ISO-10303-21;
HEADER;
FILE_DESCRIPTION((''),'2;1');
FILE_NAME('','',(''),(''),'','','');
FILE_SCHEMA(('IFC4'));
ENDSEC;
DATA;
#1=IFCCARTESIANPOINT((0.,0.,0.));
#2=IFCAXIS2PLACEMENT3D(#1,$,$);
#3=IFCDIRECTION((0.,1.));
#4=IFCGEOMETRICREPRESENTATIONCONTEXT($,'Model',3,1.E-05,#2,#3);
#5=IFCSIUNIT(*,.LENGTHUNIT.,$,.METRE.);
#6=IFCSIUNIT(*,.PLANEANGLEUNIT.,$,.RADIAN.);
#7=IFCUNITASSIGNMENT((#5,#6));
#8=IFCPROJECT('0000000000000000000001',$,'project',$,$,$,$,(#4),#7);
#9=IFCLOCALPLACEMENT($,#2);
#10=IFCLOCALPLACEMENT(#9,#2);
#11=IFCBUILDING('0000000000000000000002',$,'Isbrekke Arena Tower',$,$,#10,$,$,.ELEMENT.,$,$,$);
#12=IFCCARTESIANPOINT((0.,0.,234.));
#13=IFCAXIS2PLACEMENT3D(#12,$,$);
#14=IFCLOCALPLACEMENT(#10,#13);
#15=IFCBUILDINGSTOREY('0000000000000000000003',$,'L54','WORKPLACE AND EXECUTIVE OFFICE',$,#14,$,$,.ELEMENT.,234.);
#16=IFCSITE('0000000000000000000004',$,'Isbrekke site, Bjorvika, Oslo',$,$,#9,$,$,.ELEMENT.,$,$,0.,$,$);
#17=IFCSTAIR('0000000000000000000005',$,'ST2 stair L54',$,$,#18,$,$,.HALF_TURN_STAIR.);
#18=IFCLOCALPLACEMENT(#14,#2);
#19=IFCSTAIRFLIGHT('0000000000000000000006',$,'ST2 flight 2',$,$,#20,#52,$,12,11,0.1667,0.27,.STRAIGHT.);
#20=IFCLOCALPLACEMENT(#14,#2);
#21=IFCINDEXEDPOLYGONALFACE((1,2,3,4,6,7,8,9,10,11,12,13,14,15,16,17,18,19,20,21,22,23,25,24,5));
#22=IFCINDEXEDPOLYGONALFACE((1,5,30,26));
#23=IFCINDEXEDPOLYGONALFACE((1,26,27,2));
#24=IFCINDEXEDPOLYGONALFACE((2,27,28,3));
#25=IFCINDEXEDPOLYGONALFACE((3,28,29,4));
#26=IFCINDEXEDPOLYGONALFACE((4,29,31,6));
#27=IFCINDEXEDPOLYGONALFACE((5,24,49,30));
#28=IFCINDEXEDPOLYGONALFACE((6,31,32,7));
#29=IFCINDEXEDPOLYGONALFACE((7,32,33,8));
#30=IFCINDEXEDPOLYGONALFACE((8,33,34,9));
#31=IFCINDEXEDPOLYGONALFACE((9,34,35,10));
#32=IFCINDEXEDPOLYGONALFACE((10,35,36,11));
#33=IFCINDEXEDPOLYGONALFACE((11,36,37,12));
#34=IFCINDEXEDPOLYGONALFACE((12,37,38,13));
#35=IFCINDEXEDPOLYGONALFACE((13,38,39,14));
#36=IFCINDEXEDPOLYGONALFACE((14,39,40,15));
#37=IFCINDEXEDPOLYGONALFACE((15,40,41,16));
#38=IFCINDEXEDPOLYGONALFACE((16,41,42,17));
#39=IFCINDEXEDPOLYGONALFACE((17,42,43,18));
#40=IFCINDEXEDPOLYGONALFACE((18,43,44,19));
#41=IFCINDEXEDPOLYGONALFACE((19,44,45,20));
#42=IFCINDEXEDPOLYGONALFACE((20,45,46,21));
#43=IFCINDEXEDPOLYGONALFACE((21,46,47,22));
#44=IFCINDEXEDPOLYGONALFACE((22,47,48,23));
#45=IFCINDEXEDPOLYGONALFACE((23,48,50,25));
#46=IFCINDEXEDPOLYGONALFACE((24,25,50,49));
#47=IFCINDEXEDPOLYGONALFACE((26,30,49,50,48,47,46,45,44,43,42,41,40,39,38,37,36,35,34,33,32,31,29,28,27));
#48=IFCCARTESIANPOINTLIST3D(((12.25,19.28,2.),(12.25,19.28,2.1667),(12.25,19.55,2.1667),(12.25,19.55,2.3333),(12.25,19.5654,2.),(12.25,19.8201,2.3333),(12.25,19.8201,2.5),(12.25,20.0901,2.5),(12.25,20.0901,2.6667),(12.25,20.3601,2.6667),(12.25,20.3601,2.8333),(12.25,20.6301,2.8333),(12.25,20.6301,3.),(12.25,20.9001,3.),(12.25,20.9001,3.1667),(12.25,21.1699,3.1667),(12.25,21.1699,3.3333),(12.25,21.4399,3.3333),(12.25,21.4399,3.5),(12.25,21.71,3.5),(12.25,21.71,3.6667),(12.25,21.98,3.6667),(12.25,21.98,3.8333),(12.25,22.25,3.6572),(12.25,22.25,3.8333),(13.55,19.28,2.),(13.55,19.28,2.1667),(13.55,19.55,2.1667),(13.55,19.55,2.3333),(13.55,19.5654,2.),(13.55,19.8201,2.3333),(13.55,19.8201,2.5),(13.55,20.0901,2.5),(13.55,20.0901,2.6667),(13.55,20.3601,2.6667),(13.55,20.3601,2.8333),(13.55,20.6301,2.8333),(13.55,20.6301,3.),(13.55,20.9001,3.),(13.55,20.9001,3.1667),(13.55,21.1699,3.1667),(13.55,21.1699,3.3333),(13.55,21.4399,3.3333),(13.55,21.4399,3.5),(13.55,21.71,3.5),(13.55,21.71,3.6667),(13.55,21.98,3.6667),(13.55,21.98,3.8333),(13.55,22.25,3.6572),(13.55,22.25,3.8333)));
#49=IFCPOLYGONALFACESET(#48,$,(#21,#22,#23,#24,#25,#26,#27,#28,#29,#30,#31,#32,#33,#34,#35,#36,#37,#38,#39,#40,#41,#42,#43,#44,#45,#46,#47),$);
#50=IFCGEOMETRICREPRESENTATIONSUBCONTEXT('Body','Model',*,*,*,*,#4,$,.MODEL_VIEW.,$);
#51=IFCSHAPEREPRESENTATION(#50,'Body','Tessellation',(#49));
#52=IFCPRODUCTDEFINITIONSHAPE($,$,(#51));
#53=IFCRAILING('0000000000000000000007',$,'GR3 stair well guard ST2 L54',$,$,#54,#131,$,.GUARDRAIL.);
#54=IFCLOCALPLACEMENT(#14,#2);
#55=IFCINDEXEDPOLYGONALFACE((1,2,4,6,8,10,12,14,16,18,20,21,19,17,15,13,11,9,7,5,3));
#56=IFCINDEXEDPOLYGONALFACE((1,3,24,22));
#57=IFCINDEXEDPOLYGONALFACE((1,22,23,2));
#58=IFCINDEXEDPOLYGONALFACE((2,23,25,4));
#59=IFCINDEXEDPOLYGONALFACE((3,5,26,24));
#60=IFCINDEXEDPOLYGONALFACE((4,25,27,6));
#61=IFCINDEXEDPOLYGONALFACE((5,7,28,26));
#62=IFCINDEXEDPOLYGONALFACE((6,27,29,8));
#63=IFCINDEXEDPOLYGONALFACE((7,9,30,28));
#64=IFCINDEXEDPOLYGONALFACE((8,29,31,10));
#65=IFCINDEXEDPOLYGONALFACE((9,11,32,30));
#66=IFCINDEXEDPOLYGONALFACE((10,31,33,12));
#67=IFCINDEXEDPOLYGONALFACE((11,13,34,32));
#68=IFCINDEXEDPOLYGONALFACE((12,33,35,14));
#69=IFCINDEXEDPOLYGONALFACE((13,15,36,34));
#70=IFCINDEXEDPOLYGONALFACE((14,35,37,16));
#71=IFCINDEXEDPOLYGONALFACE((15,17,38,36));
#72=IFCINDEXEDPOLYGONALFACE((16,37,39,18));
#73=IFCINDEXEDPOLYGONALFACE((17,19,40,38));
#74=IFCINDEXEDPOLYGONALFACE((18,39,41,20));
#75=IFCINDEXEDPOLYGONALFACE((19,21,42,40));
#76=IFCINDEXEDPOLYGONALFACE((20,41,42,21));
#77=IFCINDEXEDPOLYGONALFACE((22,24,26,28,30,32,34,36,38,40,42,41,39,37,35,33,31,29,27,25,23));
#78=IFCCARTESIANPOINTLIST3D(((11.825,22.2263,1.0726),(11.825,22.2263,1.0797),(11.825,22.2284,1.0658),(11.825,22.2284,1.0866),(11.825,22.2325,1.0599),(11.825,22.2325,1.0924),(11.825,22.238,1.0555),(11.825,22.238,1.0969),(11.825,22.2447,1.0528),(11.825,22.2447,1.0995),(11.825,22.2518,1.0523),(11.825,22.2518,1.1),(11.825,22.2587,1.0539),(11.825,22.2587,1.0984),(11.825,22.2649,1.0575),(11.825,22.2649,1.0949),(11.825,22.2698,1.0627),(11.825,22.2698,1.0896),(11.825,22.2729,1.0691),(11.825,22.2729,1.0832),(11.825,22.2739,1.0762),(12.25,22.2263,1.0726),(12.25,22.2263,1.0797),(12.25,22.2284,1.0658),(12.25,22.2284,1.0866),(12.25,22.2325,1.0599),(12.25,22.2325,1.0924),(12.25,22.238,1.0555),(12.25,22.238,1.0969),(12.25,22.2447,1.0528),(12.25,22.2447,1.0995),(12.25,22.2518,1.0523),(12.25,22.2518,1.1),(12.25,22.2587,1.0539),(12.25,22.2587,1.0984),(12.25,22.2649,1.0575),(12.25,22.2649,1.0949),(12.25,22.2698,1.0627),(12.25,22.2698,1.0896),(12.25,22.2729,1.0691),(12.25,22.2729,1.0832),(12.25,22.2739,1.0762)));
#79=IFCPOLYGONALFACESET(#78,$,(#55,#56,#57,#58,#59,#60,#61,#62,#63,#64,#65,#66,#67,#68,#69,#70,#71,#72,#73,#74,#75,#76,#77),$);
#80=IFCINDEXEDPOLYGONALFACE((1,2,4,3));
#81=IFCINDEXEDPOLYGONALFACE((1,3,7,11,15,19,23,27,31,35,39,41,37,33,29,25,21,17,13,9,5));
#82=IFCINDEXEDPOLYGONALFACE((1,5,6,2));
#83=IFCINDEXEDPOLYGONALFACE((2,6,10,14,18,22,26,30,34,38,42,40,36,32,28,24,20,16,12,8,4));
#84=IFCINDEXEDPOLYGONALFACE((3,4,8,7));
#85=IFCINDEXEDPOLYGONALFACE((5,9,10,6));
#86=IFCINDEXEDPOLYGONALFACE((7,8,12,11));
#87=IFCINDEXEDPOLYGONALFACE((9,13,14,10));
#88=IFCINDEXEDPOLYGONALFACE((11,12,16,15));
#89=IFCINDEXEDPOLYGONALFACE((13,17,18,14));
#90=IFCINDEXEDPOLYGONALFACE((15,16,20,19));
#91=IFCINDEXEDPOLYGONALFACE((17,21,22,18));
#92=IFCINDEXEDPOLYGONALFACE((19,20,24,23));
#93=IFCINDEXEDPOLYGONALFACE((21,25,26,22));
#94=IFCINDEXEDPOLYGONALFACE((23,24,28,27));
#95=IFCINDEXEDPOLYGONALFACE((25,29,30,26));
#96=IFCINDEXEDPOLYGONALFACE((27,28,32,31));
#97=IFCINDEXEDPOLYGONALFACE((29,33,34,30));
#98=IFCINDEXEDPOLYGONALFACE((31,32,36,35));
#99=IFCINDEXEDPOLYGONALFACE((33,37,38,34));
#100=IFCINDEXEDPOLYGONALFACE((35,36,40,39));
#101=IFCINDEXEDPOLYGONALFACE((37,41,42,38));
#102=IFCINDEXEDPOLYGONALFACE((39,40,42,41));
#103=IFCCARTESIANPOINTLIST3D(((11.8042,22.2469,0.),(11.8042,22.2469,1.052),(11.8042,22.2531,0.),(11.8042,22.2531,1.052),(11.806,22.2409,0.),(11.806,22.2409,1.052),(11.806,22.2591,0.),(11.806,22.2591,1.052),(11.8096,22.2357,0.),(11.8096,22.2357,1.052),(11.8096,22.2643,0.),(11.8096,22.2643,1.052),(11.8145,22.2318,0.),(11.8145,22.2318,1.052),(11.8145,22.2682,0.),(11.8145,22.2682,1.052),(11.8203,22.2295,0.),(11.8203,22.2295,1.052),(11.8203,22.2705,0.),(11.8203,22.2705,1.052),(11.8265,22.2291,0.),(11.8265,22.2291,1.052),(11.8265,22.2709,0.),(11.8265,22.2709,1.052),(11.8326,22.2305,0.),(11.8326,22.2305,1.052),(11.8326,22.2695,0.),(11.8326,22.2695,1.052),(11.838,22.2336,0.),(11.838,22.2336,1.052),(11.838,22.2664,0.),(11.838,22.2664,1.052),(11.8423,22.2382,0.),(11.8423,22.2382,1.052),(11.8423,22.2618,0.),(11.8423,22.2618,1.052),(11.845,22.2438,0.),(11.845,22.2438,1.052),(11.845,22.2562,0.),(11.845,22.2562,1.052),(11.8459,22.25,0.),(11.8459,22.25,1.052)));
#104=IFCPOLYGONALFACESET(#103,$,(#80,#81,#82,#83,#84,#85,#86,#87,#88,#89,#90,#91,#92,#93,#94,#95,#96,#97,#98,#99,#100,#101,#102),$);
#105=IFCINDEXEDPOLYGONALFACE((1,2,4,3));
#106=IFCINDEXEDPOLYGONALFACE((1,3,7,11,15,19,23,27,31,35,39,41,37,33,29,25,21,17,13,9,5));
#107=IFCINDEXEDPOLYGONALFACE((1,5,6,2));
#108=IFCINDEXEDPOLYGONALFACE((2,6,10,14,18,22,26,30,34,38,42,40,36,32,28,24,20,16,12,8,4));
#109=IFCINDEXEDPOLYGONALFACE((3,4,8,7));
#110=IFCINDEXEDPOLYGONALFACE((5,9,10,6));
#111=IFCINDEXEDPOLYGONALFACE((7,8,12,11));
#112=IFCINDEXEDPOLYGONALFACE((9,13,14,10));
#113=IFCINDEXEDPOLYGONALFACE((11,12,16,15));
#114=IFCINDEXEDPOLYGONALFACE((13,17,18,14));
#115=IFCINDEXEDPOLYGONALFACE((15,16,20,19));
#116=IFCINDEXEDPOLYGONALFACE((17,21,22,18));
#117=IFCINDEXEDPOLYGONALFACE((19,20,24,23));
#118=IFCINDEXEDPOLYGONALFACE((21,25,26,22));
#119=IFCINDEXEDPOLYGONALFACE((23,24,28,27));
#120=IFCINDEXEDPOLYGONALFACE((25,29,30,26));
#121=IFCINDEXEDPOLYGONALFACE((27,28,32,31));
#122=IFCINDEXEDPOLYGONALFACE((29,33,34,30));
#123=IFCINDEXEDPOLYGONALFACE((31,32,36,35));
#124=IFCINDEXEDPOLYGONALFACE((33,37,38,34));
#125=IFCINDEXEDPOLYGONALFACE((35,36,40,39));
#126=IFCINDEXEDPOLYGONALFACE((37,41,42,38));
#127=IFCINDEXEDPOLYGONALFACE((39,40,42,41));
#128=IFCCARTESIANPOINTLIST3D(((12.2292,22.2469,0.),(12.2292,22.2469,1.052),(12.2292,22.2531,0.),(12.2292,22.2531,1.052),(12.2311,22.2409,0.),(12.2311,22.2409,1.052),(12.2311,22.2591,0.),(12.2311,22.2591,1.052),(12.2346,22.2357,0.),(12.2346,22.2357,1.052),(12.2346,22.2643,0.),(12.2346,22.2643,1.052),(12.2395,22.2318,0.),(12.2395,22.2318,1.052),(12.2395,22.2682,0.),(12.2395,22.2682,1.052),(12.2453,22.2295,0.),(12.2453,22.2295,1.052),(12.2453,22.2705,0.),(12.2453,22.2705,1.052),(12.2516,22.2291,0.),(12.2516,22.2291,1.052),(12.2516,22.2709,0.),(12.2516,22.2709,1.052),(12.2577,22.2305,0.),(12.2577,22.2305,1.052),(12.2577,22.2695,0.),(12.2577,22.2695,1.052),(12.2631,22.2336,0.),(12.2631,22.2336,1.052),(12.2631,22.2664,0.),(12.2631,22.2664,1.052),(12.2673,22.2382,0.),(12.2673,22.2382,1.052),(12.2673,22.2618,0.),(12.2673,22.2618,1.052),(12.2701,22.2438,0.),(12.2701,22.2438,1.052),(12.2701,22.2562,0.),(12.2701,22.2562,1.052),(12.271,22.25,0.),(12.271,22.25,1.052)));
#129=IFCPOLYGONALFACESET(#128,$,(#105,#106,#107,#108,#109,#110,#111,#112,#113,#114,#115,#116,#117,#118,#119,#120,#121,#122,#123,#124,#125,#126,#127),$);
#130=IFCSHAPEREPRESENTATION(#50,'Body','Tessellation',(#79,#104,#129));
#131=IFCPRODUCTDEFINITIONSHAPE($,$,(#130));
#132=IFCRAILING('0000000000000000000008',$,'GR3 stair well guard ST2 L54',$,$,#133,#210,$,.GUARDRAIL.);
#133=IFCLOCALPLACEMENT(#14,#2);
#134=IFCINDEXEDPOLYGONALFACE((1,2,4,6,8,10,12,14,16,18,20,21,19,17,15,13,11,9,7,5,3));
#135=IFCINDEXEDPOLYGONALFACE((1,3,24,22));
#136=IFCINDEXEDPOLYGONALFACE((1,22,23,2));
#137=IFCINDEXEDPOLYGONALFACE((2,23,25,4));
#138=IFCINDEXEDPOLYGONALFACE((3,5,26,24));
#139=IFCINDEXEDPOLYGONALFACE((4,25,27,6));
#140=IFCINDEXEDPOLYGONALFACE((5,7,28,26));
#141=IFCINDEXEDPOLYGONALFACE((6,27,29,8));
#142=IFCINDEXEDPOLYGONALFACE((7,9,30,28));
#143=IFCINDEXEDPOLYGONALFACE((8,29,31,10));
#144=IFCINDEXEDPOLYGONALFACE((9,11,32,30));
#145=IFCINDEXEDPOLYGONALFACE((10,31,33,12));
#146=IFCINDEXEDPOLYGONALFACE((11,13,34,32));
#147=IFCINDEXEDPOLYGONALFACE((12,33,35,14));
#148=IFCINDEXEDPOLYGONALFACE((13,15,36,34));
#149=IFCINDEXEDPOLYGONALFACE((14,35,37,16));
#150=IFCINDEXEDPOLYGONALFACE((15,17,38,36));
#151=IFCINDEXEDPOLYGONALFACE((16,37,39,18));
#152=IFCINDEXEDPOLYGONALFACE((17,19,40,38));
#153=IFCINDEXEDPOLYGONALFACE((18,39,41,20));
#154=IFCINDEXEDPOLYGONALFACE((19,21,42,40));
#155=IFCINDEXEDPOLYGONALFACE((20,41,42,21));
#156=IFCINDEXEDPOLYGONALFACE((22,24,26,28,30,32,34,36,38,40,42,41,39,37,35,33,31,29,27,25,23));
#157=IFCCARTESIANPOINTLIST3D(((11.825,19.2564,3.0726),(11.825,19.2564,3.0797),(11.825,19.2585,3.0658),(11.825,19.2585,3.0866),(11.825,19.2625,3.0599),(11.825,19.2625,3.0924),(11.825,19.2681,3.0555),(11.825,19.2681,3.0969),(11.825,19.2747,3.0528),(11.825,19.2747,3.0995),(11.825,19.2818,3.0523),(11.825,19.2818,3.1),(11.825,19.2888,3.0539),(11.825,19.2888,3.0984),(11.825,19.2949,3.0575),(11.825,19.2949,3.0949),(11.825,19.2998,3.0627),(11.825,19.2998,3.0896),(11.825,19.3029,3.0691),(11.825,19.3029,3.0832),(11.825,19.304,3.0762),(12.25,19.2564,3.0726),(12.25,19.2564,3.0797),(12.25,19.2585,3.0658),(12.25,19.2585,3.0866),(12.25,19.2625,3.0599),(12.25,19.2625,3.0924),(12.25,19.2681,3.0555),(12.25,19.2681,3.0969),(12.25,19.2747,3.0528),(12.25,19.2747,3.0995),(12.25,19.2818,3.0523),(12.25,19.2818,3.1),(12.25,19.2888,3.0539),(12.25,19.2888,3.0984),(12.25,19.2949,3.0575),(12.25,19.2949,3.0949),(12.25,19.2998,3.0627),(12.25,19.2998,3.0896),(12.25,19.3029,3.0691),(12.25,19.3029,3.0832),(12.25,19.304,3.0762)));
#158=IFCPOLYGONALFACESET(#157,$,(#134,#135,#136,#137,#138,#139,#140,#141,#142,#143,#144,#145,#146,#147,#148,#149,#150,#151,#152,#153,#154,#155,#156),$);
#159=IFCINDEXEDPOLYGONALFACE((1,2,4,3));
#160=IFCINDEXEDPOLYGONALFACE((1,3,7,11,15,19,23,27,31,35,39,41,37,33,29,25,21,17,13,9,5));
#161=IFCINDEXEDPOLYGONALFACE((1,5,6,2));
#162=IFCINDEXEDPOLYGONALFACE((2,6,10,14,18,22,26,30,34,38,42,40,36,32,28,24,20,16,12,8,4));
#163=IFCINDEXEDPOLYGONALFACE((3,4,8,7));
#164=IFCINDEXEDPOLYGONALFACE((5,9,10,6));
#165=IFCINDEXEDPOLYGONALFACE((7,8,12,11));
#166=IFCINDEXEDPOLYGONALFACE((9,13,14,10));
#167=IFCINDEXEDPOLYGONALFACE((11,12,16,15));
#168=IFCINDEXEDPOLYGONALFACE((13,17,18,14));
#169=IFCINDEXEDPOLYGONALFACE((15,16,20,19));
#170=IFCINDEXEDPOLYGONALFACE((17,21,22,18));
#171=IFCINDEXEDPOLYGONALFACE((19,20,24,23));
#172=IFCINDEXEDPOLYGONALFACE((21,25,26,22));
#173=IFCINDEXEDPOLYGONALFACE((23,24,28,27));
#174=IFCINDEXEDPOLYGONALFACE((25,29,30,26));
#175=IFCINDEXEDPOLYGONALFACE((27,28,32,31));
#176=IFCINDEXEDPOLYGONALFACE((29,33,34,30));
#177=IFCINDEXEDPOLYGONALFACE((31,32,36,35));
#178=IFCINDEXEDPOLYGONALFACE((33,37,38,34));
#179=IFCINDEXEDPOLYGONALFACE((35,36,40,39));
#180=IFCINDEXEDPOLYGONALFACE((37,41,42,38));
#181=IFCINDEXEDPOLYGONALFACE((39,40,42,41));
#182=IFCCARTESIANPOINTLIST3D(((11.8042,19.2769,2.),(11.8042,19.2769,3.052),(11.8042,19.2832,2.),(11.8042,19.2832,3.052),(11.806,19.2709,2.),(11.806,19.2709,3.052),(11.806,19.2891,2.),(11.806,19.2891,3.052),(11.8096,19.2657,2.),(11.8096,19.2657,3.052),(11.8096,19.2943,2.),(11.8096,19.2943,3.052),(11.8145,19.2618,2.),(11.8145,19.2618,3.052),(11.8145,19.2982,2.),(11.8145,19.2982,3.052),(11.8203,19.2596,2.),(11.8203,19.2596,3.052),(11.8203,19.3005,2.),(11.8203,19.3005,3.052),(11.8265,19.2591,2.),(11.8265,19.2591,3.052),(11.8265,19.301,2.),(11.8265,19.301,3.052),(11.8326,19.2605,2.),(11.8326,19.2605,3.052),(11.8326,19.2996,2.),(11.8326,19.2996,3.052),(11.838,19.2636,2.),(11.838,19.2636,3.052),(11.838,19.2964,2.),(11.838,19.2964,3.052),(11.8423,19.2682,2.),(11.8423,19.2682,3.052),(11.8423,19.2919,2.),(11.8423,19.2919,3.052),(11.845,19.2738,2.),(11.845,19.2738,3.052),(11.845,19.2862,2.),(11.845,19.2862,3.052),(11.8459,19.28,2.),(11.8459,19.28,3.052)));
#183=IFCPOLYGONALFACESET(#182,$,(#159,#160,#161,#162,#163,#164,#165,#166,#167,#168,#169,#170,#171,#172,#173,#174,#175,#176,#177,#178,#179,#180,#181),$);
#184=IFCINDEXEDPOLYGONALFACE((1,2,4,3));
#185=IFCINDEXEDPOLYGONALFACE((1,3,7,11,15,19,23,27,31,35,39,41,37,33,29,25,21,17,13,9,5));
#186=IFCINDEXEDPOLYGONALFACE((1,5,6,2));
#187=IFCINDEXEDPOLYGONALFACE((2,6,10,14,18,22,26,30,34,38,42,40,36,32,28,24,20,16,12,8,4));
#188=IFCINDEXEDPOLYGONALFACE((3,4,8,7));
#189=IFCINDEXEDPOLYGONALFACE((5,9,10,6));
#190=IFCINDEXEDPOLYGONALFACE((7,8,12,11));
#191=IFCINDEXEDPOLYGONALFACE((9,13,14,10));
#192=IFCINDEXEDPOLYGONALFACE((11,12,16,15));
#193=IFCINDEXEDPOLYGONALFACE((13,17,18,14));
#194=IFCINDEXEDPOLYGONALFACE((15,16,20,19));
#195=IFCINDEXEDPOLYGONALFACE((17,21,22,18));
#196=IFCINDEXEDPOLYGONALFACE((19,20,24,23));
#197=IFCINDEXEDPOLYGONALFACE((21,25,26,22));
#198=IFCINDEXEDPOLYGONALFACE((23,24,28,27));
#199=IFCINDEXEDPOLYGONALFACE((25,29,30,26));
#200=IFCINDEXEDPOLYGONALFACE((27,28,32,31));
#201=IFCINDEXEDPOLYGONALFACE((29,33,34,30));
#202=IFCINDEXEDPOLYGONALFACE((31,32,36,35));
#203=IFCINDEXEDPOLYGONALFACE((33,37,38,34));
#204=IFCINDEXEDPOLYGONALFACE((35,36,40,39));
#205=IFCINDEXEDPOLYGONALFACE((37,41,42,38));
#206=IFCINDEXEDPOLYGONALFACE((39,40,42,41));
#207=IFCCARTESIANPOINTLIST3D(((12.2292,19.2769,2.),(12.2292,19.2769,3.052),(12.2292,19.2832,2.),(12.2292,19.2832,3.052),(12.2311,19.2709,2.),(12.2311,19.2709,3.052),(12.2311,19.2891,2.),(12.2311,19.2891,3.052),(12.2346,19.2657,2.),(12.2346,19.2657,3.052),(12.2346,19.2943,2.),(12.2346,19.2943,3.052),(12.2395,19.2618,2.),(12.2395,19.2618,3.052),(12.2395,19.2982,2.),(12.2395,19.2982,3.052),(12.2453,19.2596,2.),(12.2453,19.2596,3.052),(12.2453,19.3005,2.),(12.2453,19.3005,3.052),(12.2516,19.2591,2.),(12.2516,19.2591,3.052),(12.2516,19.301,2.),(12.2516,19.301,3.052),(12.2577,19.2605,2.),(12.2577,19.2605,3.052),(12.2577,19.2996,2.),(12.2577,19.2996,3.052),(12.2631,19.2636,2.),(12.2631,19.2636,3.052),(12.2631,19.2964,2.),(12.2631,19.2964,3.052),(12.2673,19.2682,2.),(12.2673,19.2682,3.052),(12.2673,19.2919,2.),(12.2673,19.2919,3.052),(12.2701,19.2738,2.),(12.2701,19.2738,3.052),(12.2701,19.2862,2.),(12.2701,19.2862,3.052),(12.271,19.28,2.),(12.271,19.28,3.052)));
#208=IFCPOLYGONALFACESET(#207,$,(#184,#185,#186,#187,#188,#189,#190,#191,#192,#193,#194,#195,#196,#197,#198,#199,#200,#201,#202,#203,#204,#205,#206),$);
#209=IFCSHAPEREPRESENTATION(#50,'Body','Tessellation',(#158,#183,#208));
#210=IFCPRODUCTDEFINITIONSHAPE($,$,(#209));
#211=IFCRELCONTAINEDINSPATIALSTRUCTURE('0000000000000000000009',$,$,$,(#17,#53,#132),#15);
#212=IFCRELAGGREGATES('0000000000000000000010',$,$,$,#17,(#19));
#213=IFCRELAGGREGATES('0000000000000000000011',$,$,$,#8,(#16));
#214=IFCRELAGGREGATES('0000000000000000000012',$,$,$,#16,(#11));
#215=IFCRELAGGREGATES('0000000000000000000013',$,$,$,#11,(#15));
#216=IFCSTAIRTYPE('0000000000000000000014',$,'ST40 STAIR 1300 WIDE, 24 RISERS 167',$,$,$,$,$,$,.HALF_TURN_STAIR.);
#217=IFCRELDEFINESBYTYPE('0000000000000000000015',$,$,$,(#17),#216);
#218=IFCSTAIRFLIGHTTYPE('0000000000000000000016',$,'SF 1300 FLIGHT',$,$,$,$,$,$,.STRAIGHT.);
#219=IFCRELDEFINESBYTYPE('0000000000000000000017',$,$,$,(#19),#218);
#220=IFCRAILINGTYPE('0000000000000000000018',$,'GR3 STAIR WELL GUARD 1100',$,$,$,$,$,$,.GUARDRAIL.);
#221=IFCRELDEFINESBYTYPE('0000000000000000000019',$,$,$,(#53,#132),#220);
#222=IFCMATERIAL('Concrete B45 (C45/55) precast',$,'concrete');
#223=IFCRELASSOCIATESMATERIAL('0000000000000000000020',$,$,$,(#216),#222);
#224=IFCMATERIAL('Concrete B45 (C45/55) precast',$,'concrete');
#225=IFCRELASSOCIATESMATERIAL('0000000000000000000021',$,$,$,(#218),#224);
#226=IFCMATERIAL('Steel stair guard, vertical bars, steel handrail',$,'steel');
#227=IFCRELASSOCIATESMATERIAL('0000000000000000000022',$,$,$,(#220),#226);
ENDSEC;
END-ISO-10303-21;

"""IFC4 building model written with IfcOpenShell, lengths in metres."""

from ifc_helpers import new_model, si_unit, direction, frame, origin, origin_2d, place, context, subcontext, project, spatial, polyline, circle, outline, extrude, material, type_object, element, aggregate, save


model = new_model("IFC4")

# Units and contexts
model_context = context("Model", 3, precision=1e-05, world=origin(), true_north=direction((0.0, 1.0)))
body_context = subcontext(model_context, "Body", "Model", "MODEL_VIEW")
ifc_project = project(units=[si_unit("LENGTHUNIT", "METRE"), si_unit("PLANEANGLEUNIT", "RADIAN")], contexts=[model_context])

# Site, building, storey
site_placement = place(None, origin())
site = spatial("IfcSite", under=ifc_project, at=site_placement, Name="Isbrekke site, Bjorvika, Oslo", CompositionType="ELEMENT", RefElevation=0.0)
building_placement = place(site_placement, origin())
building = spatial("IfcBuilding", under=site, at=building_placement, Name="Isbrekke Arena Tower", CompositionType="ELEMENT")
storey_placement = place(building_placement, frame((0.0, 0.0, 234.0)))
storey = spatial("IfcBuildingStorey", under=building, at=storey_placement, Name="L54", Description="WORKPLACE AND EXECUTIVE OFFICE", CompositionType="ELEMENT", Elevation=234.0)

# Stair, stair flight
ifc_material_1 = material(Name="Concrete B45 (C45/55) precast", Category="concrete")
stair_type = type_object("IfcStairType", Name="ST40 STAIR 1300 WIDE, 24 RISERS 167", PredefinedType="HALF_TURN_STAIR", material=ifc_material_1)
stair_placement = place(storey_placement, origin())
stair = element("IfcStair", 1, at=stair_placement, inside=storey, type_object=stair_type, Name="ST2 stair L54", PredefinedType="HALF_TURN_STAIR")
ifc_material_2 = material(Name="Concrete B45 (C45/55) precast", Category="concrete")
stair_flight_type = type_object("IfcStairFlightType", Name="SF 1300 FLIGHT", PredefinedType="STRAIGHT", material=ifc_material_2)
stair_flight_1_placement = place(storey_placement, frame((12.8999, 19.28, 2.0), z_axis=(0.0, 0.0, 1.0), x_axis=(0.0, 1.0, 0.0)))
stair_flight_1 = element("IfcStairFlight", 2, at=stair_flight_1_placement, type_object=stair_flight_type, Name="ST2 flight 2", NumberOfRisers=12, NumberOfTreads=11, PredefinedType="STRAIGHT", RiserHeight=0.1667, TreadLength=0.27, context=body_context, shape_type="SweptSolid", body=[
    extrude(outline(polyline([(0.0, 0.0), (0.0, 0.1667), (0.27, 0.1667), (0.27, 0.3333), (0.54, 0.3333), (0.54, 0.5), (0.8101, 0.5), (0.8101, 0.6667), (1.0801, 0.6667), (1.0801, 0.8333), (1.3501, 0.8333), (1.3501, 1.0), (1.6201, 1.0), (1.6201, 1.1667), (1.8899, 1.1667), (1.8899, 1.3333), (2.1599, 1.3333), (2.1599, 1.5), (2.4299, 1.5), (2.4299, 1.6667), (2.7, 1.6667), (2.7, 1.8333), (2.97, 1.8333), (2.97, 2.0), (2.97, 1.6572), (0.2854, 0.0), (0.0, 0.0)])), frame((0.0, 0.6499, 0.0), z_axis=(0.0, -1.0, 0.0), x_axis=(1.0, 0.0, 0.0)), (0.0, 0.0, 1.0), 1.3),
])
aggregate(stair, [stair_flight_1])

# Railings
ifc_material_3 = material(Name="Steel stair guard, vertical bars, steel handrail", Category="steel")
railing_type = type_object("IfcRailingType", Name="GR3 STAIR WELL GUARD 1100", PredefinedType="GUARDRAIL", material=ifc_material_3)
for number, where, name in (
    (3, (11.825, 22.25, 0.0), "GR3 stair well guard ST2 L54"),
    (4, (11.825, 19.28, 2.0), "GR3 stair well guard ST2 L54"),
):
    element("IfcRailing", number, at=place(storey_placement, frame(where)), inside=storey, type_object=railing_type, Name=name, PredefinedType="GUARDRAIL", context=body_context, shape_type="SweptSolid", body=[
        extrude(circle(Radius=0.0239, at=origin_2d()), frame((0.0, 0.0, 1.0762), z_axis=(1.0, 0.0, 0.0), x_axis=(0.0, 1.0, 0.0)), (0.0, 0.0, 1.0), 0.425),
        extrude(circle(Radius=0.021, at=origin_2d()), origin(), (0.0, 0.0, 1.0), 1.052),
        extrude(circle(Radius=0.021, at=origin_2d()), frame((0.425, 0.0, 0.0)), (0.0, 0.0, 1.0), 1.052),
    ])

save(model, "model.ifc")
